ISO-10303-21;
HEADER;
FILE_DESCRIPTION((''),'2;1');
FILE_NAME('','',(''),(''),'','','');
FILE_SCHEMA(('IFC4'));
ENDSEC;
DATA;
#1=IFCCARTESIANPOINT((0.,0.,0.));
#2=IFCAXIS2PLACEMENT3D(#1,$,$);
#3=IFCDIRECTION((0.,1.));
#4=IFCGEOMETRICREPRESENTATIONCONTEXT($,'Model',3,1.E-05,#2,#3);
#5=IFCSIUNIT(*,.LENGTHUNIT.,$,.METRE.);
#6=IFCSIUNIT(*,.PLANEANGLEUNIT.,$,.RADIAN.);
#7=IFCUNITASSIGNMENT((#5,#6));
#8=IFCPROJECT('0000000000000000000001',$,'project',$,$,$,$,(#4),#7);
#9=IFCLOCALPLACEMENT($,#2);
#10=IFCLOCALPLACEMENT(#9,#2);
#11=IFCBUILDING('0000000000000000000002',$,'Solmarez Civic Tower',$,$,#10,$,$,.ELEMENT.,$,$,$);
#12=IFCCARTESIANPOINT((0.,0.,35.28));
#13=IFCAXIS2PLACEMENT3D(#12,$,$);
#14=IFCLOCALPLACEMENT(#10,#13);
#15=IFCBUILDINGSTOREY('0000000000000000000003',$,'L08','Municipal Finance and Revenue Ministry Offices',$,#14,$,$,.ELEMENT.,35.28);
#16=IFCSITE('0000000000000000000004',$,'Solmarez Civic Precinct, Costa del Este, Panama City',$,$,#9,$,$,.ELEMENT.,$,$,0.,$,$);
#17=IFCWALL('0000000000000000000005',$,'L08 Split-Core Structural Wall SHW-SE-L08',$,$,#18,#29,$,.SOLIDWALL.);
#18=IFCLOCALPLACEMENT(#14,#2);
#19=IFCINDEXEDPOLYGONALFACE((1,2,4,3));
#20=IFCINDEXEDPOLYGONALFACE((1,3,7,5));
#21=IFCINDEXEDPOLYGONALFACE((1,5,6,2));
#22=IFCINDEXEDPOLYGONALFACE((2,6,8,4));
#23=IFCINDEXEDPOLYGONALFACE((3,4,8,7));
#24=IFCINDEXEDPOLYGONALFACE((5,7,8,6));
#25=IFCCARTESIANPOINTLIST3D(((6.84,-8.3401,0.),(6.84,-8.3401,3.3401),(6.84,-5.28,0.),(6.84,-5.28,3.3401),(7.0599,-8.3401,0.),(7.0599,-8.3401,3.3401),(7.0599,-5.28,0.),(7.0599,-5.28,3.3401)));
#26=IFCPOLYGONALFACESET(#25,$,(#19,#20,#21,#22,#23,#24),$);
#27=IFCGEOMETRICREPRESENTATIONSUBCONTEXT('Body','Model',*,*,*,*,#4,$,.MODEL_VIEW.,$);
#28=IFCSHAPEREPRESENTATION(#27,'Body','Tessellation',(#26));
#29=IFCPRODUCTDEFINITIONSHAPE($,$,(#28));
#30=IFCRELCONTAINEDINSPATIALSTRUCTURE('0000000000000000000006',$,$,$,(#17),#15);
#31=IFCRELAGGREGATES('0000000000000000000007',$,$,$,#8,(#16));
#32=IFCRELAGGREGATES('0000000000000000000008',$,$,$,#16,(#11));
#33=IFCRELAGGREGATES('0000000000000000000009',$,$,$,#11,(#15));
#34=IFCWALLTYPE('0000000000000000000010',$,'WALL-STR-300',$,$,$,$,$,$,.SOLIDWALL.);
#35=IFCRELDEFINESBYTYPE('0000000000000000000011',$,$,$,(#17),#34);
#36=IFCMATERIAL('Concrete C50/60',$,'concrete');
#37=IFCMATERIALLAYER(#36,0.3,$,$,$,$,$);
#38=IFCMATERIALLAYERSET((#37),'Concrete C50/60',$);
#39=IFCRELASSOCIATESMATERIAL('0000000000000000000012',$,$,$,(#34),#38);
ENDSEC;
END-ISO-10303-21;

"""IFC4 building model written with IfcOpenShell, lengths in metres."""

from ifc_helpers import new_model, si_unit, direction, frame, frame_2d, origin, place, context, subcontext, project, spatial, rectangle, extrude, material, layer, layer_set, type_object, element, save


model = new_model("IFC4")

# Units and contexts
model_context = context("Model", 3, precision=1e-05, world=origin(), true_north=direction((0.0, 1.0)))
body_context = subcontext(model_context, "Body", "Model", "MODEL_VIEW")
ifc_project = project(units=[si_unit("LENGTHUNIT", "METRE"), si_unit("PLANEANGLEUNIT", "RADIAN")], contexts=[model_context])

# Site, building, storey
site_placement = place(None, origin())
site = spatial("IfcSite", under=ifc_project, at=site_placement, Name="Solmarez Civic Precinct, Costa del Este, Panama City", CompositionType="ELEMENT", RefElevation=0.0)
building_placement = place(site_placement, origin())
building = spatial("IfcBuilding", under=site, at=building_placement, Name="Solmarez Civic Tower", CompositionType="ELEMENT")
storey_placement = place(building_placement, frame((0.0, 0.0, 35.28)))
storey = spatial("IfcBuildingStorey", under=building, at=storey_placement, Name="L08", Description="Municipal Finance and Revenue Ministry Offices", CompositionType="ELEMENT", Elevation=35.28)

# Wall
ifc_material_1 = material(Name="Concrete C50/60", Category="concrete")
ifc_layer_1 = layer(ifc_material_1, 0.3)
ifc_layer_set_1 = layer_set([ifc_layer_1], Name="Concrete C50/60")
wall_type_1 = type_object("IfcWallType", Name="WALL-STR-300", PredefinedType="SOLIDWALL", material=ifc_layer_set_1)
wall_1_placement = place(storey_placement, frame((6.95, -8.3401, 0.0), z_axis=(0.0, 0.0, 1.0), x_axis=(0.0, 1.0, 0.0)))
element("IfcWall", 1, at=wall_1_placement, inside=storey, type_object=wall_type_1, Name="L08 Split-Core Structural Wall SHW-SE-L08", PredefinedType="SOLIDWALL", context=body_context, shape_type="SweptSolid", body=[
    extrude(rectangle(XDim=3.0601, YDim=0.22, at=frame_2d((1.53, 0.0))), origin(), (0.0, 0.0, 1.0), 3.3401),
])

save(model, "model.ifc")
